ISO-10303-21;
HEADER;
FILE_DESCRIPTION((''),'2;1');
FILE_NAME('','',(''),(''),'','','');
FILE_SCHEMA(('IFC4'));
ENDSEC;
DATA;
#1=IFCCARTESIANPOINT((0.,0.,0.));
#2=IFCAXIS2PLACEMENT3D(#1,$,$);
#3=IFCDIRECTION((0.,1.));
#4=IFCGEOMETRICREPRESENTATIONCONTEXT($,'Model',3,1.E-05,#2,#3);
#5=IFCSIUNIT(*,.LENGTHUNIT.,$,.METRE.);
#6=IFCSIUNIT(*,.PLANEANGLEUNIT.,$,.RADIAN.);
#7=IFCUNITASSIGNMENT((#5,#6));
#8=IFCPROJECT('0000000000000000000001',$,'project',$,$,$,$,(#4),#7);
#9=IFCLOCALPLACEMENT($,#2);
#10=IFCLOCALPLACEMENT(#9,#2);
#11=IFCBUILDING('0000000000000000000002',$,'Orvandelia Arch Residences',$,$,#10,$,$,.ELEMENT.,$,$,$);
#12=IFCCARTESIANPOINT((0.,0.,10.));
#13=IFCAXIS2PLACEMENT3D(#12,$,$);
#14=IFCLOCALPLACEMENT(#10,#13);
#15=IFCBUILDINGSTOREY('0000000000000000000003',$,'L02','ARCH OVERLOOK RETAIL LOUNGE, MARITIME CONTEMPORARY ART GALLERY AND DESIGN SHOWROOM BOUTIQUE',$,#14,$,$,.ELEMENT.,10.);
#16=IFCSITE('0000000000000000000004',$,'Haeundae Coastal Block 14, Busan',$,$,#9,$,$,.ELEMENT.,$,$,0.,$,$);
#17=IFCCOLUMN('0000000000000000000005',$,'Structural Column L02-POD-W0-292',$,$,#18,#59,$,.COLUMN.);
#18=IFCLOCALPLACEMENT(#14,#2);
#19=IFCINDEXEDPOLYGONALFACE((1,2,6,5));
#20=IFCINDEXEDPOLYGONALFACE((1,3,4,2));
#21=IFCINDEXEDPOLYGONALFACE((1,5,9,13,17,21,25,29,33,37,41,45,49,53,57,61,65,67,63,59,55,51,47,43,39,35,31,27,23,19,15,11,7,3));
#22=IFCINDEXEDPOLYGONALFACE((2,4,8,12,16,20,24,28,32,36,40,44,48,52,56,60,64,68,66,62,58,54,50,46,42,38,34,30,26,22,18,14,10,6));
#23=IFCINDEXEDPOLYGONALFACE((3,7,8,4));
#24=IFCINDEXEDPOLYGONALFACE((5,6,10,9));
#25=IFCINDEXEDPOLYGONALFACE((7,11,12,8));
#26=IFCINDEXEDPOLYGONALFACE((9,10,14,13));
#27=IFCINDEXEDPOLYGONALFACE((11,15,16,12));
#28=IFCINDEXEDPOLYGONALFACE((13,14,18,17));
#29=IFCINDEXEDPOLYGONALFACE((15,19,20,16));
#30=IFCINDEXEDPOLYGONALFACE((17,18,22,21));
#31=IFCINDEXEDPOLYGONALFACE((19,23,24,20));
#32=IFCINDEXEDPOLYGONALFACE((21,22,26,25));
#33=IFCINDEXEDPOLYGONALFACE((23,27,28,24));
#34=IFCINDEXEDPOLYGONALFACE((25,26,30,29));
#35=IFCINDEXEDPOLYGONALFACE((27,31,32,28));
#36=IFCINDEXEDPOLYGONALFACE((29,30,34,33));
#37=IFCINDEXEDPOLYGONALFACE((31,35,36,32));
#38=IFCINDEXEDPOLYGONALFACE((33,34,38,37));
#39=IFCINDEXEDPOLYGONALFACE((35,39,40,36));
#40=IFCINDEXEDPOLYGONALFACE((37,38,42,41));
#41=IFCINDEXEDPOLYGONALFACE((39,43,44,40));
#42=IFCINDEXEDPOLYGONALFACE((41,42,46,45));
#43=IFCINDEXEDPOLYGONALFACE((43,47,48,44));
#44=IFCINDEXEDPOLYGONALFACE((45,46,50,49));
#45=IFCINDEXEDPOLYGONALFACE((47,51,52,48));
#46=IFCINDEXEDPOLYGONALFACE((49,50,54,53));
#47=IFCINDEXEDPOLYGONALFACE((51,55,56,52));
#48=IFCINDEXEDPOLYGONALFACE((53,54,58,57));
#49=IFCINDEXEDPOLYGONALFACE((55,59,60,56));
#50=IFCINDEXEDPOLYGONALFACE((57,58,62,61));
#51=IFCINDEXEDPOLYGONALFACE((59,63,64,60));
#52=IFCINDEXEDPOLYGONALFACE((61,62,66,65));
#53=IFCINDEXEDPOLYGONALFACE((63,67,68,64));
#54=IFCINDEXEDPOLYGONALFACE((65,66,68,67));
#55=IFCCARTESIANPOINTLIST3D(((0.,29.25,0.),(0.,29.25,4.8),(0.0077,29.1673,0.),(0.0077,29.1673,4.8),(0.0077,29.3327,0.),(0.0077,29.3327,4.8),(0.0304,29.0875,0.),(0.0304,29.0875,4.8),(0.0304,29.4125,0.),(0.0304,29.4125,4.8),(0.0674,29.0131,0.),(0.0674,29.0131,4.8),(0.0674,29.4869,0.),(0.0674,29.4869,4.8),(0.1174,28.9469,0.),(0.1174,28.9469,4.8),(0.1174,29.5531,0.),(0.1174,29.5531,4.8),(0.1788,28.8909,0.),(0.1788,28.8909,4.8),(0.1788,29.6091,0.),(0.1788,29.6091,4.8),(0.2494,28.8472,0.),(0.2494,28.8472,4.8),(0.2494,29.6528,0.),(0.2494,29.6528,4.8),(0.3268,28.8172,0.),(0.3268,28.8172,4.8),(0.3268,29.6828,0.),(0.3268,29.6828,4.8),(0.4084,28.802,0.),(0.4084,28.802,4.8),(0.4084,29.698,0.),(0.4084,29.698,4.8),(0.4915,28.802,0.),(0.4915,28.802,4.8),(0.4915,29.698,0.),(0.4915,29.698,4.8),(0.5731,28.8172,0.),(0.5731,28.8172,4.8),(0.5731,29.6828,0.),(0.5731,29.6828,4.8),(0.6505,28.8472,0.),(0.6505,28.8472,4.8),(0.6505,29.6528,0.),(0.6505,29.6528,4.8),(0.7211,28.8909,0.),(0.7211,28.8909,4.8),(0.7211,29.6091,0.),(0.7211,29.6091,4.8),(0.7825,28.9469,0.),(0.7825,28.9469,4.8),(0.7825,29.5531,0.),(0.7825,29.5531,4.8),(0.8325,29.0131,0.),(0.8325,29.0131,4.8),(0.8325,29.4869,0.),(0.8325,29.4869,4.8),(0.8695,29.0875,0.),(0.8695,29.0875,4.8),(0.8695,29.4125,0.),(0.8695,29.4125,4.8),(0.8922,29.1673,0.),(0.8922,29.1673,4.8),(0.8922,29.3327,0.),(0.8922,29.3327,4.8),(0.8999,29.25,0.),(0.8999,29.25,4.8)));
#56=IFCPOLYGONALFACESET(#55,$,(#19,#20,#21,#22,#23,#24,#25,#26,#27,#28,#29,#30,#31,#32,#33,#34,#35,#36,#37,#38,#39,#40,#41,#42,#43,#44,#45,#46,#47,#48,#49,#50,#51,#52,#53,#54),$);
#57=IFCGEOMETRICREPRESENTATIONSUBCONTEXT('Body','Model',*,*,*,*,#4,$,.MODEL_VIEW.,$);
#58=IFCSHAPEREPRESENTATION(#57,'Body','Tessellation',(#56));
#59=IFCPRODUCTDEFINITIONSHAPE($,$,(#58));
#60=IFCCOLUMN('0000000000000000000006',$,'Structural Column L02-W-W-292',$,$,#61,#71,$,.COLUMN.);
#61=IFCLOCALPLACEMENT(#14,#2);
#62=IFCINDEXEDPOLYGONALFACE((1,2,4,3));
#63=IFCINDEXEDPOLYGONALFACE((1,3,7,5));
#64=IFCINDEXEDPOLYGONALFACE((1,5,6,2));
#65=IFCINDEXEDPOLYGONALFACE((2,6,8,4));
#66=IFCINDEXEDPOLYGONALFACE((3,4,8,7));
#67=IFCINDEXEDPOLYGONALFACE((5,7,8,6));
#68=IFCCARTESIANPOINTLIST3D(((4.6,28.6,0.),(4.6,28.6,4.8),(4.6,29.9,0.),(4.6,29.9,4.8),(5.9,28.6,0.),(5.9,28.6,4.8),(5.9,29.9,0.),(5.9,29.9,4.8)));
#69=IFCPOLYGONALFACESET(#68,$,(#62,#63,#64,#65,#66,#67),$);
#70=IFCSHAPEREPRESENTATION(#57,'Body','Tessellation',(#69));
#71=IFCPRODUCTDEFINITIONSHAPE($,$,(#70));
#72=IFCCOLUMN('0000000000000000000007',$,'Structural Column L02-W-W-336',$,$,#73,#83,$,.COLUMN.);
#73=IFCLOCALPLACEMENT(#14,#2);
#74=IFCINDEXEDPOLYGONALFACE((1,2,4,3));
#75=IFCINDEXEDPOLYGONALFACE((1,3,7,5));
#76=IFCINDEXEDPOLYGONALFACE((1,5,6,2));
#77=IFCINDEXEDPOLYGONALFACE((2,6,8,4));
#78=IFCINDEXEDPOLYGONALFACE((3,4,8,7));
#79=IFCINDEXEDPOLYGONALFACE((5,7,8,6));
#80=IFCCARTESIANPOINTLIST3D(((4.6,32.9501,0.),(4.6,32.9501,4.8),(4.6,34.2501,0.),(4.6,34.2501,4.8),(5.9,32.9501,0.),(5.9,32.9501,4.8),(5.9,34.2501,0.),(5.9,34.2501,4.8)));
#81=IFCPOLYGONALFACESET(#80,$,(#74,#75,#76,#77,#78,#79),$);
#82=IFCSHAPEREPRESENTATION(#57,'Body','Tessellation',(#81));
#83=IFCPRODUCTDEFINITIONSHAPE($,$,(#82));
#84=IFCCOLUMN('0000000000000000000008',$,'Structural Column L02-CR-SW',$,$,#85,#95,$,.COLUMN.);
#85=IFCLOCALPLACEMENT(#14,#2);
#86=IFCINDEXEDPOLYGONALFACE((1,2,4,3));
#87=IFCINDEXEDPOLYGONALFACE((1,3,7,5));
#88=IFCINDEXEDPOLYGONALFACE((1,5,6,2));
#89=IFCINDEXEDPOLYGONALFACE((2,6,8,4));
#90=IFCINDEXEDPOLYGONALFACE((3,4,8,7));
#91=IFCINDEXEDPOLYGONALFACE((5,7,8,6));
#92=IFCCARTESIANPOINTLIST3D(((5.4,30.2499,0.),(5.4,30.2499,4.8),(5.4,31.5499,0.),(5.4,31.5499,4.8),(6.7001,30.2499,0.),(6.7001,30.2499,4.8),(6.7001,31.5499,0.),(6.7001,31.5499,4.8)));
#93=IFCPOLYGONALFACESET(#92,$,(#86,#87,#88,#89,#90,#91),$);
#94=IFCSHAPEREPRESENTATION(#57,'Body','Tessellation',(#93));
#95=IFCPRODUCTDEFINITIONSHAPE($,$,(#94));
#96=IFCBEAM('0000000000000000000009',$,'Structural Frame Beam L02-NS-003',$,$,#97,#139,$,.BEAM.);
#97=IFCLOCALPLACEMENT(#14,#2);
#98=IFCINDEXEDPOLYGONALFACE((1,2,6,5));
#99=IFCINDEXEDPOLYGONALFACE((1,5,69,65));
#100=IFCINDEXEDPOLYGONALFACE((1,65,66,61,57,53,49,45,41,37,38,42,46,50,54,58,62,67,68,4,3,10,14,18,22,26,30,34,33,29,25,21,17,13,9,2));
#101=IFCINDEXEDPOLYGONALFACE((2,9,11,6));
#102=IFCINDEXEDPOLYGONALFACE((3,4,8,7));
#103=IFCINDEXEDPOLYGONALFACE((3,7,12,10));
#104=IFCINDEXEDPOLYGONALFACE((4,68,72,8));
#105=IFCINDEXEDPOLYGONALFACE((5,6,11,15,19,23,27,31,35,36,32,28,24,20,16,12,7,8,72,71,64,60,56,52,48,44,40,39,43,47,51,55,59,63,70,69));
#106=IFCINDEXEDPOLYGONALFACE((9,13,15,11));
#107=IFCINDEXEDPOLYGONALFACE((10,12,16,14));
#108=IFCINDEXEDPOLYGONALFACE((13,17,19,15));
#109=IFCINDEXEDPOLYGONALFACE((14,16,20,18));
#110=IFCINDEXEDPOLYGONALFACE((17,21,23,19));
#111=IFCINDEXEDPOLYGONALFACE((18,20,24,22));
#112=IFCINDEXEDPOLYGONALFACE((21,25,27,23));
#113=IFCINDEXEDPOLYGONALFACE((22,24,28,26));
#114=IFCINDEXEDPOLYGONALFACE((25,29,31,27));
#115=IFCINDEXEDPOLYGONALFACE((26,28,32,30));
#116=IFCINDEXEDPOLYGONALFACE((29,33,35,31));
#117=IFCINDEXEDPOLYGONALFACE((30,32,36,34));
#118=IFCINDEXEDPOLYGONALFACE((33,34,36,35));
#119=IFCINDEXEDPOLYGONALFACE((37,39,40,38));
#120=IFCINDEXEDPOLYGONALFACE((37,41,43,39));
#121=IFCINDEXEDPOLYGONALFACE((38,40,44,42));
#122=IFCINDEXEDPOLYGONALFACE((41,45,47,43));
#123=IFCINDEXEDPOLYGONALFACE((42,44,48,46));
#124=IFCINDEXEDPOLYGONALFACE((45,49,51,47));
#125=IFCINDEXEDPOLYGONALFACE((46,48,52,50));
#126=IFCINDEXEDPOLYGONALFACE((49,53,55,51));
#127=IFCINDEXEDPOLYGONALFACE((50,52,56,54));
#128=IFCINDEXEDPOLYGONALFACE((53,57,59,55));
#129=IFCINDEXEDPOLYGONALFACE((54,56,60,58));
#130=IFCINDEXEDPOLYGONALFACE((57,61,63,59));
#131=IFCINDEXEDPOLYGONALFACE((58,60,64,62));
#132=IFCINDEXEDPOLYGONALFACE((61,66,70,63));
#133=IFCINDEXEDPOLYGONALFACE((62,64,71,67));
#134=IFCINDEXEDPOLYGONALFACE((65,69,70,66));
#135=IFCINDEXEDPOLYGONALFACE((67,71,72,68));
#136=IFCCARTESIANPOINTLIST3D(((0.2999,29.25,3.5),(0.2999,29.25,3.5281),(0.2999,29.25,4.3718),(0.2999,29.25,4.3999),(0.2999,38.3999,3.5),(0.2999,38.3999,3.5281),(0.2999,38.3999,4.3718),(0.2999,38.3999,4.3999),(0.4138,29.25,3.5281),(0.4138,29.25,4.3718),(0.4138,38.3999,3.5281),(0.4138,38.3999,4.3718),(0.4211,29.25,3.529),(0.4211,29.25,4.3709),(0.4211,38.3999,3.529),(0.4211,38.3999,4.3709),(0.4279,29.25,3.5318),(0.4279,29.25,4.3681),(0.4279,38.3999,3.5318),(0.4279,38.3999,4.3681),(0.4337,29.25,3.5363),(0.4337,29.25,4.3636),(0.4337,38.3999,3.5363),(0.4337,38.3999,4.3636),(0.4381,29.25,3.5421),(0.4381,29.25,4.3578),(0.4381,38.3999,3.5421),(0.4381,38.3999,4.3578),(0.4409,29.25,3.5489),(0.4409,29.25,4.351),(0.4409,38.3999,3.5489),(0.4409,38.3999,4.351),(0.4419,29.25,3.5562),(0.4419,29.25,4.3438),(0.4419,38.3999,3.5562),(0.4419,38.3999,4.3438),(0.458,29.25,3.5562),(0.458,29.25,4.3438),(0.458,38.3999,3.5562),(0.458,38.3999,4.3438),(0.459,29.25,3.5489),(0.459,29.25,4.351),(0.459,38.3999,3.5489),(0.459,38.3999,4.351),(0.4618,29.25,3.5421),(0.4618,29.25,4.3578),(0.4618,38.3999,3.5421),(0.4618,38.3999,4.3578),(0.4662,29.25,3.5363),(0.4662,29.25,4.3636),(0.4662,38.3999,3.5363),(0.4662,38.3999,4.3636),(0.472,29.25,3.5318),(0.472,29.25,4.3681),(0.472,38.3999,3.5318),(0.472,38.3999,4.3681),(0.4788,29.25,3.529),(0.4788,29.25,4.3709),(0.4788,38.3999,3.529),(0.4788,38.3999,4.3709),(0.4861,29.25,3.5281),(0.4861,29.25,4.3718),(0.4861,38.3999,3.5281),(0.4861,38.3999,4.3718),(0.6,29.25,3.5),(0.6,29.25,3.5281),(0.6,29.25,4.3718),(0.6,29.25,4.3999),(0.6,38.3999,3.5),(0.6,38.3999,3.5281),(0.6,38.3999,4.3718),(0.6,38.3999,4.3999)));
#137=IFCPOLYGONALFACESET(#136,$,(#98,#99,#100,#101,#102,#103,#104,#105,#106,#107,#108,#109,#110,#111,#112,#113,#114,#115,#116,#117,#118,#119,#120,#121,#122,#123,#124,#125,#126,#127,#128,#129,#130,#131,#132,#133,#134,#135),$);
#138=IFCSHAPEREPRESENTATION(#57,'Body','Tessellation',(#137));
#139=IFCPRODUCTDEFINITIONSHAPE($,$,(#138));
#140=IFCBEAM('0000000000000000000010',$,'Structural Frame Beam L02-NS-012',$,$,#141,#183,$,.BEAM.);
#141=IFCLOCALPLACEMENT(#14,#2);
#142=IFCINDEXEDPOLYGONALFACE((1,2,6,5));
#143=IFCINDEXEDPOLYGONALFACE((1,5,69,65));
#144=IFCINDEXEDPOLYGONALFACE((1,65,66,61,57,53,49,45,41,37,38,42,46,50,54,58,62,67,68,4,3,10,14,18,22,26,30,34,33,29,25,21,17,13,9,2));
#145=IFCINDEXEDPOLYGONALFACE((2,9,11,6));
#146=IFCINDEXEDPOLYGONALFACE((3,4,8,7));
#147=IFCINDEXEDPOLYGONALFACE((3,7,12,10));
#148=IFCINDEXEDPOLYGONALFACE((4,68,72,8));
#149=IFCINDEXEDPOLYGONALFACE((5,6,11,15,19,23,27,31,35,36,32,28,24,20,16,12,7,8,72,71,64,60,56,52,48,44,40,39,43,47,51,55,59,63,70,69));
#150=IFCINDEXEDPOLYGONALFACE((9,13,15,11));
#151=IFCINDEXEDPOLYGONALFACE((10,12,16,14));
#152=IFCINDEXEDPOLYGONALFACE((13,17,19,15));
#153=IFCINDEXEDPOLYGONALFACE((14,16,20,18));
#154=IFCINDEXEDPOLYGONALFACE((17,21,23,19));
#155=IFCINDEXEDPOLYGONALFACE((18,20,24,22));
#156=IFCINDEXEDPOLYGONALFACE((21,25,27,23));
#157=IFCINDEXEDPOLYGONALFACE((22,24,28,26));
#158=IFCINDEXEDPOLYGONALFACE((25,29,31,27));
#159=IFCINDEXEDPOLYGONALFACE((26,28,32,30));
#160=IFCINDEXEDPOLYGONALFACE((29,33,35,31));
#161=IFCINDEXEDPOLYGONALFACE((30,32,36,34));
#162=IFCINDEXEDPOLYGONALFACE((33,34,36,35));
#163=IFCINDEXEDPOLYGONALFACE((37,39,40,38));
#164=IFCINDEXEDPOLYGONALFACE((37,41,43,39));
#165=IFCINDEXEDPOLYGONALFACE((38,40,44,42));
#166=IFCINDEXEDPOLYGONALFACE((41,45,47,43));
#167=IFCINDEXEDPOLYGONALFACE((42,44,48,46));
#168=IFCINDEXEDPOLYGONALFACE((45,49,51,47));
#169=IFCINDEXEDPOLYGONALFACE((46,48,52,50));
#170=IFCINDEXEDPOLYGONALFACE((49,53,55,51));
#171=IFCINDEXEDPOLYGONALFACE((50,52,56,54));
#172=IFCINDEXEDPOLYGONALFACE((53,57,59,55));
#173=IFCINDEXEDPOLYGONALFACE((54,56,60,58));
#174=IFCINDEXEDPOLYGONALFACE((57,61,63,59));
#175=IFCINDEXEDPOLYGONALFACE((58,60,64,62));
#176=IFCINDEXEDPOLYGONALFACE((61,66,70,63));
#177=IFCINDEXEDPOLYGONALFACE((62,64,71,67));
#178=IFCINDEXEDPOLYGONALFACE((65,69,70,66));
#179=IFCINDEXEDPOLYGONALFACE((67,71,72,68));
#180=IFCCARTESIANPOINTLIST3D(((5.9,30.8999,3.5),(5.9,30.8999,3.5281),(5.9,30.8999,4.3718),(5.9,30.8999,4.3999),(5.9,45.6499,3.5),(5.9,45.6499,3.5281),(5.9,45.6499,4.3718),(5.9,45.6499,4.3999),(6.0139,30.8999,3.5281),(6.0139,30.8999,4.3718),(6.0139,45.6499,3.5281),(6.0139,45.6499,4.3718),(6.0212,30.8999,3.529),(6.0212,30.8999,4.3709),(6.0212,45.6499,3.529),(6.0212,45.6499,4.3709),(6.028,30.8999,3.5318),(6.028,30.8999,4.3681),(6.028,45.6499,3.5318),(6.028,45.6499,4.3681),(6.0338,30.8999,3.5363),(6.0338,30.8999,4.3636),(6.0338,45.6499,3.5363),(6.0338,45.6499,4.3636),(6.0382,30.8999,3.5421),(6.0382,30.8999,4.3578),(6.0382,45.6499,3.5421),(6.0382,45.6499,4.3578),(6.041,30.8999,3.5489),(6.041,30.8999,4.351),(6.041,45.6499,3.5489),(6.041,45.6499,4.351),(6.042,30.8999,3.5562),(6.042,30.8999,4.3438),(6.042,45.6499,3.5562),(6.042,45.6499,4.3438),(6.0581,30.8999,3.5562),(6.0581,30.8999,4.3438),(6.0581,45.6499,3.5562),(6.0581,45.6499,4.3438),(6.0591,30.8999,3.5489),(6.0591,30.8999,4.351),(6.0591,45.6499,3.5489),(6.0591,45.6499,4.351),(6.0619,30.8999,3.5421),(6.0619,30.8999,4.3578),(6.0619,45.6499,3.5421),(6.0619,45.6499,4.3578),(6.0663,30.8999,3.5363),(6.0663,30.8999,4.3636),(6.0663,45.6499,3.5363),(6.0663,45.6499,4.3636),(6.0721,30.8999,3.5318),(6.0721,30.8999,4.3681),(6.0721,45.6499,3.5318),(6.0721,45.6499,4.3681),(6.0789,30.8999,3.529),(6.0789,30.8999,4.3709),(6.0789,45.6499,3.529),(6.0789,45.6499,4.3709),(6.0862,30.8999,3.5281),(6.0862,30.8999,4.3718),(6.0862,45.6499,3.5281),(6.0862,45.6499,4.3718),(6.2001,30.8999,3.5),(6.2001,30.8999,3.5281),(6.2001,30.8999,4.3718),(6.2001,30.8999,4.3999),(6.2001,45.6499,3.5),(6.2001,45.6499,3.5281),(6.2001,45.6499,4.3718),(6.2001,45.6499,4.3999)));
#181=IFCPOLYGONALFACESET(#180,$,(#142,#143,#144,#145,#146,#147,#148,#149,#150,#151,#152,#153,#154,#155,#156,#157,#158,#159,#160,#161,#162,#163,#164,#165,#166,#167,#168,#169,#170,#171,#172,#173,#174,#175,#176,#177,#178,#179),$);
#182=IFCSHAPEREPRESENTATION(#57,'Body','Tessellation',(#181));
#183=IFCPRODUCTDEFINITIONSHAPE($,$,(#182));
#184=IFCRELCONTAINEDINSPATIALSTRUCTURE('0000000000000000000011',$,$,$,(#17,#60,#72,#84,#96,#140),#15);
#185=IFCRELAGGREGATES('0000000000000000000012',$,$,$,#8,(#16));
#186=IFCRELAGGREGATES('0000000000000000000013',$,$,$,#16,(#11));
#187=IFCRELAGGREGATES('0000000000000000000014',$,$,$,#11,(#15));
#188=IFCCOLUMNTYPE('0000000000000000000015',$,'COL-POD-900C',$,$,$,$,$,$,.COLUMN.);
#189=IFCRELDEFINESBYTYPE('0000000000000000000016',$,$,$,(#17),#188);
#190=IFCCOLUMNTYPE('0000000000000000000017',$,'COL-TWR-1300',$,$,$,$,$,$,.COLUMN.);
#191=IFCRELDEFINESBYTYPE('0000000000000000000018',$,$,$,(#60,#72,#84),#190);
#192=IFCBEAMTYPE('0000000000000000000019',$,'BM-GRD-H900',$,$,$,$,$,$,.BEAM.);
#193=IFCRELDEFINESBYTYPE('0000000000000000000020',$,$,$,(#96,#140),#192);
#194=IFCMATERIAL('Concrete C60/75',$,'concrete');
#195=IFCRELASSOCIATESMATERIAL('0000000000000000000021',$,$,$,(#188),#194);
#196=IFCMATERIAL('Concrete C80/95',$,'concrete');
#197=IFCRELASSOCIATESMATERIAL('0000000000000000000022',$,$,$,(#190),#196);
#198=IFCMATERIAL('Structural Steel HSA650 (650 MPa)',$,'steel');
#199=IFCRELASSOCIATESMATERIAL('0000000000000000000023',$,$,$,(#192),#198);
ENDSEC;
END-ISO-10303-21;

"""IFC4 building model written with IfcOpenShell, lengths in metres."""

from ifc_helpers import new_model, si_unit, direction, frame, origin, origin_2d, place, context, subcontext, project, spatial, rectangle, circle, i_section, extrude, material, material_profile, profile_set, type_object, element, save


model = new_model("IFC4")

# Units and contexts
model_context = context("Model", 3, precision=1e-05, world=origin(), true_north=direction((0.0, 1.0)))
body_context = subcontext(model_context, "Body", "Model", "MODEL_VIEW")
ifc_project = project(units=[si_unit("LENGTHUNIT", "METRE"), si_unit("PLANEANGLEUNIT", "RADIAN")], contexts=[model_context])

# Site, building, storey
site_placement = place(None, origin())
site = spatial("IfcSite", under=ifc_project, at=site_placement, Name="Haeundae Coastal Block 14, Busan", CompositionType="ELEMENT", RefElevation=0.0)
building_placement = place(site_placement, origin())
building = spatial("IfcBuilding", under=site, at=building_placement, Name="Orvandelia Arch Residences", CompositionType="ELEMENT")
storey_placement = place(building_placement, frame((0.0, 0.0, 10.0)))
storey = spatial("IfcBuildingStorey", under=building, at=storey_placement, Name="L02", Description="ARCH OVERLOOK RETAIL LOUNGE, MARITIME CONTEMPORARY ART GALLERY AND DESIGN SHOWROOM BOUTIQUE", CompositionType="ELEMENT", Elevation=10.0)

# Columns
ifc_material_1 = material(Name="Concrete C60/75", Category="concrete")
ifc_material_profile_1 = material_profile(ifc_material_1, circle(Radius=0.45, at=origin_2d()), Name="Concrete C60/75", Category="concrete")
ifc_profile_set_1 = profile_set([ifc_material_profile_1], Name="Concrete C60/75")
column_type_1 = type_object("IfcColumnType", Name="COL-POD-900C", PredefinedType="COLUMN", material=ifc_profile_set_1)
column_placement = place(storey_placement, frame((0.45, 29.25, 0.0), z_axis=(0.0, 0.0, 1.0), x_axis=(1.0, 0.0, 0.0)))
element("IfcColumn", 1, at=column_placement, inside=storey, type_object=column_type_1, Name="Structural Column L02-POD-W0-292", PredefinedType="COLUMN", context=body_context, shape_type="SweptSolid", body=[
    extrude(circle(Radius=0.45, at=origin_2d()), origin(), (0.0, 0.0, 1.0), 4.8),
])
ifc_material_2 = material(Name="Concrete C80/95", Category="concrete")
ifc_material_profile_2 = material_profile(ifc_material_2, rectangle(XDim=1.3, YDim=1.3, at=origin_2d()), Name="Concrete C80/95", Category="concrete")
ifc_profile_set_2 = profile_set([ifc_material_profile_2], Name="Concrete C80/95")
column_type_2 = type_object("IfcColumnType", Name="COL-TWR-1300", PredefinedType="COLUMN", material=ifc_profile_set_2)
for number, where, z_axis, x_axis, name in (
    (2, (5.25, 29.25, 0.0), (0.0, 0.0, 1.0), (1.0, 0.0, 0.0), "Structural Column L02-W-W-292"),
    (3, (5.25, 33.6001, 0.0), (0.0, 0.0, 1.0), (1.0, 0.0, 0.0), "Structural Column L02-W-W-336"),
    (4, (6.05, 30.8999, 0.0), (0.0, 0.0, 1.0), (1.0, 0.0, 0.0), "Structural Column L02-CR-SW"),
):
    element("IfcColumn", number, at=place(storey_placement, frame(where, z_axis=z_axis, x_axis=x_axis)), inside=storey, type_object=column_type_2, Name=name, PredefinedType="COLUMN", context=body_context, shape_type="SweptSolid", body=[
        extrude(rectangle(XDim=1.3, YDim=1.3, at=origin_2d()), origin(), (0.0, 0.0, 1.0), 4.8),
    ])

# Beams
ifc_material_3 = material(Name="Structural Steel HSA650 (650 MPa)", Category="steel")
ifc_material_profile_3 = material_profile(ifc_material_3, i_section(OverallWidth=0.3, OverallDepth=0.8999, WebThickness=0.0161, FlangeThickness=0.0281, FilletRadius=0.0281, at=origin_2d()), Name="Structural Steel HSA650 (650 MPa)", Category="steel")
ifc_profile_set_3 = profile_set([ifc_material_profile_3], Name="Structural Steel HSA650 (650 MPa)")
beam_type_1 = type_object("IfcBeamType", Name="BM-GRD-H900", PredefinedType="BEAM", material=ifc_profile_set_3)
beam_1_placement = place(storey_placement, frame((0.45, 29.25, 3.95), z_axis=(0.0, 1.0, 0.0), x_axis=(-1.0, 0.0, 0.0)))
element("IfcBeam", 5, at=beam_1_placement, inside=storey, type_object=beam_type_1, Name="Structural Frame Beam L02-NS-003", PredefinedType="BEAM", context=body_context, shape_type="SweptSolid", body=[
    extrude(i_section(OverallWidth=0.3, OverallDepth=0.8999, WebThickness=0.0161, FlangeThickness=0.0281, FilletRadius=0.0281, at=origin_2d()), origin(), (0.0, 0.0, 1.0), 9.1499),
])
beam_2_placement = place(storey_placement, frame((6.05, 30.8999, 3.95), z_axis=(0.0, 1.0, 0.0), x_axis=(-1.0, 0.0, 0.0)))
element("IfcBeam", 6, at=beam_2_placement, inside=storey, type_object=beam_type_1, Name="Structural Frame Beam L02-NS-012", PredefinedType="BEAM", context=body_context, shape_type="SweptSolid", body=[
    extrude(i_section(OverallWidth=0.3, OverallDepth=0.8999, WebThickness=0.0161, FlangeThickness=0.0281, FilletRadius=0.0281, at=origin_2d()), origin(), (0.0, 0.0, 1.0), 14.75),
])

save(model, "model.ifc")
